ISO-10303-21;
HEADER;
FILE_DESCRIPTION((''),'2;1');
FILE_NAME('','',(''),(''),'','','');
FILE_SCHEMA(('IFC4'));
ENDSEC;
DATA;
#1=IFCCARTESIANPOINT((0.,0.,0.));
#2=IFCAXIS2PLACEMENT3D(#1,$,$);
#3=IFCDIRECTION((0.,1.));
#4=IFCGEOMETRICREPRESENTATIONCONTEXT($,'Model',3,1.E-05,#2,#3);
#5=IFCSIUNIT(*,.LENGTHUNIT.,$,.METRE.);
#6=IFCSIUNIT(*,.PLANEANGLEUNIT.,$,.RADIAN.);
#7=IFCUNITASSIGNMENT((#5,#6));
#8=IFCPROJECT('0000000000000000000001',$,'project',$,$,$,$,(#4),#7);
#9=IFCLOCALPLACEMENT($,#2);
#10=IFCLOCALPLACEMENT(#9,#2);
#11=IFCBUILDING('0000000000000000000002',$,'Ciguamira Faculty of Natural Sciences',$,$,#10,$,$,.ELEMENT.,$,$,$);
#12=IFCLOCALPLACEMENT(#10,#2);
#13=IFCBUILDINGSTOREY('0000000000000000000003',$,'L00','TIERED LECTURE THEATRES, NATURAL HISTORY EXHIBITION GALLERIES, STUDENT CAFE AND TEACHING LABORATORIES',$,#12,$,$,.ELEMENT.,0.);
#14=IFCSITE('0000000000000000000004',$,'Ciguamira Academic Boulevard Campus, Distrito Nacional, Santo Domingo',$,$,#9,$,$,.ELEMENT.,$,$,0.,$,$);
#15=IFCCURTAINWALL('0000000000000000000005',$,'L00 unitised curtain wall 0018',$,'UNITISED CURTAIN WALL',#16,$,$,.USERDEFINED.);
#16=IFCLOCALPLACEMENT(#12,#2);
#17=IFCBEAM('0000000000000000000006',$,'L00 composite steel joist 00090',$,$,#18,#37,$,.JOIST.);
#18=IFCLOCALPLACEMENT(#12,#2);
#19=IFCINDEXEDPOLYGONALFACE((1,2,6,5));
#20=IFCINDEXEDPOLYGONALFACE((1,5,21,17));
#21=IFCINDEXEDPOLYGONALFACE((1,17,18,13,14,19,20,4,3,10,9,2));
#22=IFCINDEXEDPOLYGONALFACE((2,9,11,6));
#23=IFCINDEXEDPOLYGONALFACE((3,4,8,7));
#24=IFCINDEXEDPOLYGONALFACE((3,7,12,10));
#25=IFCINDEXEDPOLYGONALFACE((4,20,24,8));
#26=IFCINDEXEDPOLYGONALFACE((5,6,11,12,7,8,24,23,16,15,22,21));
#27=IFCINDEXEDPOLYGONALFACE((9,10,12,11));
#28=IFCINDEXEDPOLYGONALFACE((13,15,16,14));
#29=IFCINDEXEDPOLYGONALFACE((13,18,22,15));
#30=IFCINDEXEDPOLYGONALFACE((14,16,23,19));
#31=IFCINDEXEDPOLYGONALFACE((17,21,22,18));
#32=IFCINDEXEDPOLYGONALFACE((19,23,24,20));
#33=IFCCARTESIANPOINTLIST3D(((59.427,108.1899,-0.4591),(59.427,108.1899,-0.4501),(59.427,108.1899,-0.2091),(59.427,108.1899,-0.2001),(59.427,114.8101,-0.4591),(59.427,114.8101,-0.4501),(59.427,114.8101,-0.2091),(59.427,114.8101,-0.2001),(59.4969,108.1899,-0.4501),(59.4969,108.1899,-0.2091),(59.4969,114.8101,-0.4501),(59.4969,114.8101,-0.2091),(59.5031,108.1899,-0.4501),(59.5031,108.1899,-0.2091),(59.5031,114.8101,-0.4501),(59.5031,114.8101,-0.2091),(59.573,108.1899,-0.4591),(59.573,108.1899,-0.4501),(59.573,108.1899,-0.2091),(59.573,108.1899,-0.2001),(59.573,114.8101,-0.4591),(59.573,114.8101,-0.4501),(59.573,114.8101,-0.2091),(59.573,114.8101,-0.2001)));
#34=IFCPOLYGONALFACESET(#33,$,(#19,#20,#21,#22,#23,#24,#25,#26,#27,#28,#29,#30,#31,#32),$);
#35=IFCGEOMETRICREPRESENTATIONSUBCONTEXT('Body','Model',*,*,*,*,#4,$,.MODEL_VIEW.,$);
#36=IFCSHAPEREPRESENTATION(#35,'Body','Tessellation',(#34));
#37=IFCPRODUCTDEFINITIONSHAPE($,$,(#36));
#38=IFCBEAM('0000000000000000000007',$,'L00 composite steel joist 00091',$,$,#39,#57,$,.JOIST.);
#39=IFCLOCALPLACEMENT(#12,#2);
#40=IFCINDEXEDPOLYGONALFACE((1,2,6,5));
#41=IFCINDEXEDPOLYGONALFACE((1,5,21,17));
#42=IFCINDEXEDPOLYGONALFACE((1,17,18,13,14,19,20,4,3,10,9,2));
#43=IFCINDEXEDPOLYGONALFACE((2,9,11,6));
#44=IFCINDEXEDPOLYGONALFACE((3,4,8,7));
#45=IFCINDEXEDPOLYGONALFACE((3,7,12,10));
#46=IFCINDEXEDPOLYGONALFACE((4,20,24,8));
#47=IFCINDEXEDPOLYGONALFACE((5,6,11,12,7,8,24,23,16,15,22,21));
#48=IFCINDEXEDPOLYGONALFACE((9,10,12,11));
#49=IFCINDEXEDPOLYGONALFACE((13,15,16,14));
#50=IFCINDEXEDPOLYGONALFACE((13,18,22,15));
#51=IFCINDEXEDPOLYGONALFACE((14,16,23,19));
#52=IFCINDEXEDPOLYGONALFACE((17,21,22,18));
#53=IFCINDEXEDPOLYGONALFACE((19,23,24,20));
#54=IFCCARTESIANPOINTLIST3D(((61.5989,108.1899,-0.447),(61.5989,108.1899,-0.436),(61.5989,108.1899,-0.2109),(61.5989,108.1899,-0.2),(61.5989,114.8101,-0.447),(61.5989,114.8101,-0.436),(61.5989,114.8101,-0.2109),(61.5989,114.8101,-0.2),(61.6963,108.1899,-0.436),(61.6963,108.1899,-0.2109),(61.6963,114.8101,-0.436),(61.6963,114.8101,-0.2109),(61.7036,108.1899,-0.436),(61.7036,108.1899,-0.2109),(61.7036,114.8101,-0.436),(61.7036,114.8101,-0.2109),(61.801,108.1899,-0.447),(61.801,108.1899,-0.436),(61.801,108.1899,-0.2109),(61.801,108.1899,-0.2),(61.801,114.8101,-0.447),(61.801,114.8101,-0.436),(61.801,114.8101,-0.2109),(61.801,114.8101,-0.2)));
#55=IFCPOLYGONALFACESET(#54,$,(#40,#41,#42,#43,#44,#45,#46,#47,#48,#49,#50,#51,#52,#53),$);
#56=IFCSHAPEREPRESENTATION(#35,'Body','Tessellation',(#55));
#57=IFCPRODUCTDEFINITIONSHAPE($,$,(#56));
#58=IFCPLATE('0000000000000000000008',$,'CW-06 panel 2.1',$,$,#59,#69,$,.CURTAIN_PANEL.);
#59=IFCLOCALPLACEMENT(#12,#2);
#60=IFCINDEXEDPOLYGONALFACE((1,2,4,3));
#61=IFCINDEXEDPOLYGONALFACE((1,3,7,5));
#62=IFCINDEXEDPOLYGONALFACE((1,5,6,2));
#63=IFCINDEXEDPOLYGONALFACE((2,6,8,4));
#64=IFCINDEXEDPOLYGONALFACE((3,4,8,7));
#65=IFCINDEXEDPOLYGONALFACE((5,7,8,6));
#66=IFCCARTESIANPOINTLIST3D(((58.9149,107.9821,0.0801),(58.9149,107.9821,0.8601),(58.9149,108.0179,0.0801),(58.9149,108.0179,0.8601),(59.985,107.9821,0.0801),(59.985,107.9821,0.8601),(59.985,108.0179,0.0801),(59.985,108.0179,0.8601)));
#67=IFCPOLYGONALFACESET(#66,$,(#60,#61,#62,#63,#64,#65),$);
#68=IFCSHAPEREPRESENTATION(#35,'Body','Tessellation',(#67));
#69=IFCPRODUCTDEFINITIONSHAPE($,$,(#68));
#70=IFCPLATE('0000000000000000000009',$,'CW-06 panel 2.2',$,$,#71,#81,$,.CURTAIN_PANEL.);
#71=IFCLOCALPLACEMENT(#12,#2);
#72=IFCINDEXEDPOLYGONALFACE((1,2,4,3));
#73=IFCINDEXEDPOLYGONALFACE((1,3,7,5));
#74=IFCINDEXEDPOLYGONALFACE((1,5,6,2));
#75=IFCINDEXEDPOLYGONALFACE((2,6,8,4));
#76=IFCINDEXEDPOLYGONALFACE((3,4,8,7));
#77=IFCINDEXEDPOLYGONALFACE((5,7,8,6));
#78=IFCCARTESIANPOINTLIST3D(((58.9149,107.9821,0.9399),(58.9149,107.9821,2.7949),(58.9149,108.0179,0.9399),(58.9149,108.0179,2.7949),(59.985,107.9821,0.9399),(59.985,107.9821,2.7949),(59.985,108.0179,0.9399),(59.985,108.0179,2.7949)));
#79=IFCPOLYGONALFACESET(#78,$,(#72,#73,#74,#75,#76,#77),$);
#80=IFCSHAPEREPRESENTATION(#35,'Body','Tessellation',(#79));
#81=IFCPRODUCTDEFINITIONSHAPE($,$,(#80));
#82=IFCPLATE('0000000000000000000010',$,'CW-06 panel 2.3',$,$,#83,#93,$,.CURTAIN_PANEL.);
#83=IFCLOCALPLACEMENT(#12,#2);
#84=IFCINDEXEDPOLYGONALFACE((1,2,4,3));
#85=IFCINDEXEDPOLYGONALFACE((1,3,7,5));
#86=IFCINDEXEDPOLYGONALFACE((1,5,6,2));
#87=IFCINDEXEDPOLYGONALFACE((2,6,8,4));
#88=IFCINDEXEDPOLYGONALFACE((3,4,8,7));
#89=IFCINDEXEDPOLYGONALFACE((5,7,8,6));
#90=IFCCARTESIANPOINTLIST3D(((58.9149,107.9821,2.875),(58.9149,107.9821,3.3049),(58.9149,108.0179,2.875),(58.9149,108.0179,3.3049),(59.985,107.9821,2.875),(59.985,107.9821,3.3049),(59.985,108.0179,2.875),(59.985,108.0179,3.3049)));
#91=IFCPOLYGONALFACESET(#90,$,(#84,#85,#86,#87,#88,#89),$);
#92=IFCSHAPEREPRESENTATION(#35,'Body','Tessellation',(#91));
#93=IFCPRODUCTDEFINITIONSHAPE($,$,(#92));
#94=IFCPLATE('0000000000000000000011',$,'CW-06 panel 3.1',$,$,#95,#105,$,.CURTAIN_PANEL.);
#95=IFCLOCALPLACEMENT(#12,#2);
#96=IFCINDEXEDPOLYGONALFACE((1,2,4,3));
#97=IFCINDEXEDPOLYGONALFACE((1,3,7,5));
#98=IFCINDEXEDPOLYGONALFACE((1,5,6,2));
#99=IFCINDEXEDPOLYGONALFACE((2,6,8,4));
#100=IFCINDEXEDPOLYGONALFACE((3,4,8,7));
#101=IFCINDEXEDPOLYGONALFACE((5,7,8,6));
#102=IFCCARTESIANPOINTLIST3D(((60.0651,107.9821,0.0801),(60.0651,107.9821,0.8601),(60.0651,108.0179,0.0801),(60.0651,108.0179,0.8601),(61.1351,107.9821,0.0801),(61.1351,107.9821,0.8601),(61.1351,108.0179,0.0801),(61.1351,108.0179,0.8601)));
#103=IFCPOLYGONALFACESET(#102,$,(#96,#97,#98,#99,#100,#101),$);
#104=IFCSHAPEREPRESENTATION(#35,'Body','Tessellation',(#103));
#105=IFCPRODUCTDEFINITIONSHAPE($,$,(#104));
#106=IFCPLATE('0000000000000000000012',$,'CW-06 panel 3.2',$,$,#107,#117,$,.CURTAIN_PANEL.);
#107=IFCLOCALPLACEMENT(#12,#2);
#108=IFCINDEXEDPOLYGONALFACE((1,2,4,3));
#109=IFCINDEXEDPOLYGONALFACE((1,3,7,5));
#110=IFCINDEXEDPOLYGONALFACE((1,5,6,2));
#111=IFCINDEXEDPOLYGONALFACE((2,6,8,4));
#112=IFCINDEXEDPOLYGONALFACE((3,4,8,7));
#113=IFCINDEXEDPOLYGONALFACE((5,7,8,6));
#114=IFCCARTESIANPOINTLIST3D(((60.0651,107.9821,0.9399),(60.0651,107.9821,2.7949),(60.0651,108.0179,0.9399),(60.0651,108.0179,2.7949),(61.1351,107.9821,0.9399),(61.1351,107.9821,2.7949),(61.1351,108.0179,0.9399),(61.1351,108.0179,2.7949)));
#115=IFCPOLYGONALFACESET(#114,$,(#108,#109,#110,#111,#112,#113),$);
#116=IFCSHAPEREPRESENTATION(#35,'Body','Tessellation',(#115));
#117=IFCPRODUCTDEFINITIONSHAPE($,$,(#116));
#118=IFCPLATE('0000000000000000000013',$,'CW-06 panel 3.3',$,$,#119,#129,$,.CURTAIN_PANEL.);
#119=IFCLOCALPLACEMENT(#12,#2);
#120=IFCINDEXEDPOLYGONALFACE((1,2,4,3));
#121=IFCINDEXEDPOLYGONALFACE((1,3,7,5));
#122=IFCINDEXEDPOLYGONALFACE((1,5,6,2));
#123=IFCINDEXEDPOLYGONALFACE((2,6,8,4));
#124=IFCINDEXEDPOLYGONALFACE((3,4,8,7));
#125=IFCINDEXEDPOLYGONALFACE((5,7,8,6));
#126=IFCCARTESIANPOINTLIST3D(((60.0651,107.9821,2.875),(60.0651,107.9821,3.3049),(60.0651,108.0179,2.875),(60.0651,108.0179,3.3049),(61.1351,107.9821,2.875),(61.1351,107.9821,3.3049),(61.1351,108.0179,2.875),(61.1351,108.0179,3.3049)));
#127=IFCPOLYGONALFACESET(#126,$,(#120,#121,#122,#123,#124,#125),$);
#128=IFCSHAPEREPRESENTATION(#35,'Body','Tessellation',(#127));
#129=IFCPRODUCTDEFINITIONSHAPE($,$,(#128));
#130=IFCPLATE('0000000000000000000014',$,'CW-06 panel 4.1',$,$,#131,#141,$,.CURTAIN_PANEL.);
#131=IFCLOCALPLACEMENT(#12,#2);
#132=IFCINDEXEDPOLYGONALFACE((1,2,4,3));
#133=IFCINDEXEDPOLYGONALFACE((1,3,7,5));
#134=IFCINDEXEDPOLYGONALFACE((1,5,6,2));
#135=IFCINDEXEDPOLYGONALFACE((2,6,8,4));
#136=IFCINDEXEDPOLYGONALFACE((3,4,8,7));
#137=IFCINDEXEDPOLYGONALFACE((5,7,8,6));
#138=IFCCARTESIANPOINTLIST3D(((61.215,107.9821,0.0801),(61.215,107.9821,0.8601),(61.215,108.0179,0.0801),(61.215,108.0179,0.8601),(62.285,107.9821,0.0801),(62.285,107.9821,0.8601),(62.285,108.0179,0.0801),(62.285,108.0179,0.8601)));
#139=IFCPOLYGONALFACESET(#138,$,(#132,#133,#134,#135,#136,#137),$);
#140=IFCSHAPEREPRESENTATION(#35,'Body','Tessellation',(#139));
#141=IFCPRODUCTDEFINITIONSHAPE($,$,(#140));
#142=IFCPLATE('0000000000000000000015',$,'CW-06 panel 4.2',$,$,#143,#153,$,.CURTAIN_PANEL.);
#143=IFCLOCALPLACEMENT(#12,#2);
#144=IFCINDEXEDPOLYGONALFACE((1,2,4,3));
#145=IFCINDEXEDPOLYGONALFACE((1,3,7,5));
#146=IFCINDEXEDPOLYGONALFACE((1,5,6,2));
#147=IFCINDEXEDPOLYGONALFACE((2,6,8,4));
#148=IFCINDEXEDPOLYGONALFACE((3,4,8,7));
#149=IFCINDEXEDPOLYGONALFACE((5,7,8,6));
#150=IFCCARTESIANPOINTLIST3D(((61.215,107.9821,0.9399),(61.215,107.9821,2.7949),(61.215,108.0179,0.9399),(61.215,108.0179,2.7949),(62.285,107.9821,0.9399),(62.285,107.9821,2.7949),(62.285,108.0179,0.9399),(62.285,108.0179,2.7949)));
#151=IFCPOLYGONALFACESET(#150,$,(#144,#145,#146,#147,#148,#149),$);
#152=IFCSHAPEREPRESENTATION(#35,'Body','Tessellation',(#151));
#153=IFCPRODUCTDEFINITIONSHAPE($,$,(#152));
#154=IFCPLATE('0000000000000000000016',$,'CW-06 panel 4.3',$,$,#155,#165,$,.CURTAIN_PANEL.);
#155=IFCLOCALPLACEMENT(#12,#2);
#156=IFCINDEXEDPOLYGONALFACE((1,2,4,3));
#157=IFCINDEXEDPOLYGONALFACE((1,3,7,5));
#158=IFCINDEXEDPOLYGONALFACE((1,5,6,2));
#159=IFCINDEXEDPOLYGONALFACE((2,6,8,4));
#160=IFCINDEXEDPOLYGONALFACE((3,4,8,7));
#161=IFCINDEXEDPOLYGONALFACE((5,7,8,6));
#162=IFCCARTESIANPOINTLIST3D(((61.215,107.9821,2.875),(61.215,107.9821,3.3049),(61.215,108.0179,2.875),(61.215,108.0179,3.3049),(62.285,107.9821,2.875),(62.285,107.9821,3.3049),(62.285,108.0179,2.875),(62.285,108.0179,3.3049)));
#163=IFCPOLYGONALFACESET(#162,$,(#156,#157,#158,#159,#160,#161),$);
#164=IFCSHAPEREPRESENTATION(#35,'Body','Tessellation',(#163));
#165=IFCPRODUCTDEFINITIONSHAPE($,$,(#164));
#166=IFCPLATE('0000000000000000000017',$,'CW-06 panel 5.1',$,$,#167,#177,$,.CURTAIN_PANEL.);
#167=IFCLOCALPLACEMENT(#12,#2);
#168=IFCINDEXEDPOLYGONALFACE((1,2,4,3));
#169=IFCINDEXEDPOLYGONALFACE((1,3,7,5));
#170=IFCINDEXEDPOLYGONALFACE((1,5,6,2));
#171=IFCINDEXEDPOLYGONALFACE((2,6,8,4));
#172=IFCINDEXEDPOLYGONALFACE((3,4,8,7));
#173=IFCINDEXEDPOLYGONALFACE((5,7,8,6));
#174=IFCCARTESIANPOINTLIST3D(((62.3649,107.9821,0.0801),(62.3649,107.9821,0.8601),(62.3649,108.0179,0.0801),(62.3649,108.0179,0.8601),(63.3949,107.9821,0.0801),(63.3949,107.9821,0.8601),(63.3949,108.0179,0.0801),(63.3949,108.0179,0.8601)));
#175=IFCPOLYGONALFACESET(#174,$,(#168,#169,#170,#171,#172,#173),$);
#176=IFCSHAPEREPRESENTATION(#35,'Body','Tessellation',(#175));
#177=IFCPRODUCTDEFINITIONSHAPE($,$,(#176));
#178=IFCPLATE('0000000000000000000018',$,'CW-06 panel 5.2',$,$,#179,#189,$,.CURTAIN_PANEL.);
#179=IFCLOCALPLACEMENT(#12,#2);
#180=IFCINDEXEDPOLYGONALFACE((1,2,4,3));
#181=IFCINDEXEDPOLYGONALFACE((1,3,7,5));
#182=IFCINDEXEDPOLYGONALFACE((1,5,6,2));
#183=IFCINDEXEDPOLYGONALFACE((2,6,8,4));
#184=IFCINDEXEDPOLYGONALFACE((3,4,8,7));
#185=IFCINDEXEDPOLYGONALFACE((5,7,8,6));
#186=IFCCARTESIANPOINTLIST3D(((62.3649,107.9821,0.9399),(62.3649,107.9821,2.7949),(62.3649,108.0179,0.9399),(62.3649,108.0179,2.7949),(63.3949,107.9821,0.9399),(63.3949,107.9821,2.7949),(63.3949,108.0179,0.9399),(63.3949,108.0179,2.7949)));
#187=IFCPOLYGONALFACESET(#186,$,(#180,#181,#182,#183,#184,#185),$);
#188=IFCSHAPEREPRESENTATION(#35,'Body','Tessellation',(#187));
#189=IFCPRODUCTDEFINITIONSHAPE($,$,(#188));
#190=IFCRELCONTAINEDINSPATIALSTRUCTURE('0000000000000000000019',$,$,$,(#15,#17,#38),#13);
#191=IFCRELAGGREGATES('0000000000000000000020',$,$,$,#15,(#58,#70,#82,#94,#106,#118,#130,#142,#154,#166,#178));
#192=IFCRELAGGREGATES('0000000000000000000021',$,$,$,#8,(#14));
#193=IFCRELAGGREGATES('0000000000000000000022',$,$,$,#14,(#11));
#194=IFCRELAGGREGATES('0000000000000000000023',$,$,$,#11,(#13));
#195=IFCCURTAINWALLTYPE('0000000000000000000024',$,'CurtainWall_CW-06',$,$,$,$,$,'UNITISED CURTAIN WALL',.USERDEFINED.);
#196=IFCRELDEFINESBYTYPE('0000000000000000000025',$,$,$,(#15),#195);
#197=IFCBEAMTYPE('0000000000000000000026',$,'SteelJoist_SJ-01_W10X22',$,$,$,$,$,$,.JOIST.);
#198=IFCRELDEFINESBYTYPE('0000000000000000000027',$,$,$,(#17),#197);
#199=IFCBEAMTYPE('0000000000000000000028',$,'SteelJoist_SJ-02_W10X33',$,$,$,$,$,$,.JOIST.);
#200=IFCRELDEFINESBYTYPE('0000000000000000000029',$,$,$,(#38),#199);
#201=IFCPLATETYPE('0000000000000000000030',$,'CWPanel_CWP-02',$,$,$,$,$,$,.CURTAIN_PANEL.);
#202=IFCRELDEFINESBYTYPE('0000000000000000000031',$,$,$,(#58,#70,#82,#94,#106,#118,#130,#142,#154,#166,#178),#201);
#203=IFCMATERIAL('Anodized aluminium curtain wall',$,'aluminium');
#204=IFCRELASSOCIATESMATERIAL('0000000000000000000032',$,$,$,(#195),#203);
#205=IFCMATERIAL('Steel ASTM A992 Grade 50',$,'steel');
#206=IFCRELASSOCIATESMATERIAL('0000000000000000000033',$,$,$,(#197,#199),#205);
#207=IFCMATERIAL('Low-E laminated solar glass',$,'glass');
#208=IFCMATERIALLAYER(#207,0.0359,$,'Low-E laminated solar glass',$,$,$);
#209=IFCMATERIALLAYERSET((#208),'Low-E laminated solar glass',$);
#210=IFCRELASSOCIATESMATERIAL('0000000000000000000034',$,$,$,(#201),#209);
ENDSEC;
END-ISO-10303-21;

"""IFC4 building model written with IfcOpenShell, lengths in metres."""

from ifc_helpers import new_model, si_unit, direction, frame, origin, origin_2d, place, context, subcontext, project, spatial, rectangle, i_section, extrude, material, layer, layer_set, material_profile, profile_set, type_object, element, aggregate, save


model = new_model("IFC4")

# Units and contexts
model_context = context("Model", 3, precision=1e-05, world=origin(), true_north=direction((0.0, 1.0)))
body_context = subcontext(model_context, "Body", "Model", "MODEL_VIEW")
ifc_project = project(units=[si_unit("LENGTHUNIT", "METRE"), si_unit("PLANEANGLEUNIT", "RADIAN")], contexts=[model_context])

# Site, building, storey
site_placement = place(None, origin())
site = spatial("IfcSite", under=ifc_project, at=site_placement, Name="Ciguamira Academic Boulevard Campus, Distrito Nacional, Santo Domingo", CompositionType="ELEMENT", RefElevation=0.0)
building_placement = place(site_placement, origin())
building = spatial("IfcBuilding", under=site, at=building_placement, Name="Ciguamira Faculty of Natural Sciences", CompositionType="ELEMENT")
storey_placement = place(building_placement, origin())
storey = spatial("IfcBuildingStorey", under=building, at=storey_placement, Name="L00", Description="TIERED LECTURE THEATRES, NATURAL HISTORY EXHIBITION GALLERIES, STUDENT CAFE AND TEACHING LABORATORIES", CompositionType="ELEMENT", Elevation=0.0)

# Curtain wall
ifc_material_1 = material(Name="Anodized aluminium curtain wall", Category="aluminium")
curtain_wall_type = type_object("IfcCurtainWallType", Name="CurtainWall_CW-06", ElementType="UNITISED CURTAIN WALL", PredefinedType="USERDEFINED", material=ifc_material_1)
curtain_wall_placement = place(storey_placement, origin())
curtain_wall = element("IfcCurtainWall", 1, at=curtain_wall_placement, inside=storey, type_object=curtain_wall_type, Name="L00 unitised curtain wall 0018", ObjectType="UNITISED CURTAIN WALL", PredefinedType="USERDEFINED")

# Beams
ifc_material_2 = material(Name="Steel ASTM A992 Grade 50", Category="steel")
ifc_material_profile_1 = material_profile(ifc_material_2, i_section(OverallWidth=0.146, OverallDepth=0.259, WebThickness=0.0061, FlangeThickness=0.009, at=origin_2d()), Name="W10X22")
ifc_profile_set_1 = profile_set([ifc_material_profile_1], Name="Steel ASTM A992 Grade 50")
beam_type_1 = type_object("IfcBeamType", Name="SteelJoist_SJ-01_W10X22", PredefinedType="JOIST", material=ifc_profile_set_1)
beam_1_placement = place(storey_placement, frame((59.5, 108.1899, -0.3296), z_axis=(0.0, 1.0, 0.0), x_axis=(-1.0, 0.0, 0.0)))
element("IfcBeam", 2, at=beam_1_placement, inside=storey, type_object=beam_type_1, Name="L00 composite steel joist 00090", PredefinedType="JOIST", context=body_context, shape_type="SweptSolid", body=[
    extrude(i_section(OverallWidth=0.146, OverallDepth=0.259, WebThickness=0.0061, FlangeThickness=0.009, at=origin_2d()), origin(), (0.0, 0.0, 1.0), 6.6201),
])
ifc_material_profile_2 = material_profile(ifc_material_2, i_section(OverallWidth=0.2021, OverallDepth=0.2471, WebThickness=0.0073, FlangeThickness=0.011, at=origin_2d()), Name="W10X33")
ifc_profile_set_2 = profile_set([ifc_material_profile_2], Name="Steel ASTM A992 Grade 50")
beam_type_2 = type_object("IfcBeamType", Name="SteelJoist_SJ-02_W10X33", PredefinedType="JOIST", material=ifc_profile_set_2)
beam_2_placement = place(storey_placement, frame((61.7, 108.1899, -0.3235), z_axis=(0.0, 1.0, 0.0), x_axis=(-1.0, 0.0, 0.0)))
element("IfcBeam", 3, at=beam_2_placement, inside=storey, type_object=beam_type_2, Name="L00 composite steel joist 00091", PredefinedType="JOIST", context=body_context, shape_type="SweptSolid", body=[
    extrude(i_section(OverallWidth=0.2021, OverallDepth=0.2471, WebThickness=0.0073, FlangeThickness=0.011, at=origin_2d()), origin(), (0.0, 0.0, 1.0), 6.6201),
])

# Plates
ifc_material_3 = material(Name="Low-E laminated solar glass", Category="glass")
ifc_layer = layer(ifc_material_3, 0.0359, Name="Low-E laminated solar glass")
ifc_layer_set = layer_set([ifc_layer], Name="Low-E laminated solar glass")
plate_type = type_object("IfcPlateType", Name="CWPanel_CWP-02", PredefinedType="CURTAIN_PANEL", material=ifc_layer_set)
plate_1_placement = place(storey_placement, frame((59.45, 108.0, 0.0801), z_axis=(0.0, 0.0, 1.0), x_axis=(1.0, 0.0, 0.0)))
plate_1 = element("IfcPlate", 4, at=plate_1_placement, type_object=plate_type, Name="CW-06 panel 2.1", PredefinedType="CURTAIN_PANEL", context=body_context, shape_type="SweptSolid", body=[
    extrude(rectangle(XDim=1.0701, YDim=0.0359, at=origin_2d()), origin(), (0.0, 0.0, 1.0), 0.78),
])
plate_2_placement = place(storey_placement, frame((59.45, 108.0, 0.9399), z_axis=(0.0, 0.0, 1.0), x_axis=(1.0, 0.0, 0.0)))
plate_2 = element("IfcPlate", 5, at=plate_2_placement, type_object=plate_type, Name="CW-06 panel 2.2", PredefinedType="CURTAIN_PANEL", context=body_context, shape_type="SweptSolid", body=[
    extrude(rectangle(XDim=1.0701, YDim=0.0359, at=origin_2d()), origin(), (0.0, 0.0, 1.0), 1.855),
])
plate_3_placement = place(storey_placement, frame((59.45, 108.0, 2.875), z_axis=(0.0, 0.0, 1.0), x_axis=(1.0, 0.0, 0.0)))
plate_3 = element("IfcPlate", 6, at=plate_3_placement, type_object=plate_type, Name="CW-06 panel 2.3", PredefinedType="CURTAIN_PANEL", context=body_context, shape_type="SweptSolid", body=[
    extrude(rectangle(XDim=1.0701, YDim=0.0359, at=origin_2d()), origin(), (0.0, 0.0, 1.0), 0.4299),
])
plate_4_placement = place(storey_placement, frame((60.6001, 108.0, 0.0801), z_axis=(0.0, 0.0, 1.0), x_axis=(1.0, 0.0, 0.0)))
plate_4 = element("IfcPlate", 7, at=plate_4_placement, type_object=plate_type, Name="CW-06 panel 3.1", PredefinedType="CURTAIN_PANEL", context=body_context, shape_type="SweptSolid", body=[
    extrude(rectangle(XDim=1.0701, YDim=0.0359, at=origin_2d()), origin(), (0.0, 0.0, 1.0), 0.78),
])
plate_5_placement = place(storey_placement, frame((60.6001, 108.0, 0.9399), z_axis=(0.0, 0.0, 1.0), x_axis=(1.0, 0.0, 0.0)))
plate_5 = element("IfcPlate", 8, at=plate_5_placement, type_object=plate_type, Name="CW-06 panel 3.2", PredefinedType="CURTAIN_PANEL", context=body_context, shape_type="SweptSolid", body=[
    extrude(rectangle(XDim=1.0701, YDim=0.0359, at=origin_2d()), origin(), (0.0, 0.0, 1.0), 1.855),
])
plate_6_placement = place(storey_placement, frame((60.6001, 108.0, 2.875), z_axis=(0.0, 0.0, 1.0), x_axis=(1.0, 0.0, 0.0)))
plate_6 = element("IfcPlate", 9, at=plate_6_placement, type_object=plate_type, Name="CW-06 panel 3.3", PredefinedType="CURTAIN_PANEL", context=body_context, shape_type="SweptSolid", body=[
    extrude(rectangle(XDim=1.0701, YDim=0.0359, at=origin_2d()), origin(), (0.0, 0.0, 1.0), 0.4299),
])
plate_7_placement = place(storey_placement, frame((61.75, 108.0, 0.0801), z_axis=(0.0, 0.0, 1.0), x_axis=(1.0, 0.0, 0.0)))
plate_7 = element("IfcPlate", 10, at=plate_7_placement, type_object=plate_type, Name="CW-06 panel 4.1", PredefinedType="CURTAIN_PANEL", context=body_context, shape_type="SweptSolid", body=[
    extrude(rectangle(XDim=1.0701, YDim=0.0359, at=origin_2d()), origin(), (0.0, 0.0, 1.0), 0.78),
])
plate_8_placement = place(storey_placement, frame((61.75, 108.0, 0.9399), z_axis=(0.0, 0.0, 1.0), x_axis=(1.0, 0.0, 0.0)))
plate_8 = element("IfcPlate", 11, at=plate_8_placement, type_object=plate_type, Name="CW-06 panel 4.2", PredefinedType="CURTAIN_PANEL", context=body_context, shape_type="SweptSolid", body=[
    extrude(rectangle(XDim=1.0701, YDim=0.0359, at=origin_2d()), origin(), (0.0, 0.0, 1.0), 1.855),
])
plate_9_placement = place(storey_placement, frame((61.75, 108.0, 2.875), z_axis=(0.0, 0.0, 1.0), x_axis=(1.0, 0.0, 0.0)))
plate_9 = element("IfcPlate", 12, at=plate_9_placement, type_object=plate_type, Name="CW-06 panel 4.3", PredefinedType="CURTAIN_PANEL", context=body_context, shape_type="SweptSolid", body=[
    extrude(rectangle(XDim=1.0701, YDim=0.0359, at=origin_2d()), origin(), (0.0, 0.0, 1.0), 0.4299),
])
plate_10_placement = place(storey_placement, frame((62.8799, 108.0, 0.0801), z_axis=(0.0, 0.0, 1.0), x_axis=(1.0, 0.0, 0.0)))
plate_10 = element("IfcPlate", 13, at=plate_10_placement, type_object=plate_type, Name="CW-06 panel 5.1", PredefinedType="CURTAIN_PANEL", context=body_context, shape_type="SweptSolid", body=[
    extrude(rectangle(XDim=1.03, YDim=0.0359, at=origin_2d()), origin(), (0.0, 0.0, 1.0), 0.78),
])
plate_11_placement = place(storey_placement, frame((62.8799, 108.0, 0.9399), z_axis=(0.0, 0.0, 1.0), x_axis=(1.0, 0.0, 0.0)))
plate_11 = element("IfcPlate", 14, at=plate_11_placement, type_object=plate_type, Name="CW-06 panel 5.2", PredefinedType="CURTAIN_PANEL", context=body_context, shape_type="SweptSolid", body=[
    extrude(rectangle(XDim=1.03, YDim=0.0359, at=origin_2d()), origin(), (0.0, 0.0, 1.0), 1.855),
])
aggregate(curtain_wall, [plate_1, plate_2, plate_3, plate_4, plate_5, plate_6, plate_7, plate_8, plate_9, plate_10, plate_11])

save(model, "model.ifc")
